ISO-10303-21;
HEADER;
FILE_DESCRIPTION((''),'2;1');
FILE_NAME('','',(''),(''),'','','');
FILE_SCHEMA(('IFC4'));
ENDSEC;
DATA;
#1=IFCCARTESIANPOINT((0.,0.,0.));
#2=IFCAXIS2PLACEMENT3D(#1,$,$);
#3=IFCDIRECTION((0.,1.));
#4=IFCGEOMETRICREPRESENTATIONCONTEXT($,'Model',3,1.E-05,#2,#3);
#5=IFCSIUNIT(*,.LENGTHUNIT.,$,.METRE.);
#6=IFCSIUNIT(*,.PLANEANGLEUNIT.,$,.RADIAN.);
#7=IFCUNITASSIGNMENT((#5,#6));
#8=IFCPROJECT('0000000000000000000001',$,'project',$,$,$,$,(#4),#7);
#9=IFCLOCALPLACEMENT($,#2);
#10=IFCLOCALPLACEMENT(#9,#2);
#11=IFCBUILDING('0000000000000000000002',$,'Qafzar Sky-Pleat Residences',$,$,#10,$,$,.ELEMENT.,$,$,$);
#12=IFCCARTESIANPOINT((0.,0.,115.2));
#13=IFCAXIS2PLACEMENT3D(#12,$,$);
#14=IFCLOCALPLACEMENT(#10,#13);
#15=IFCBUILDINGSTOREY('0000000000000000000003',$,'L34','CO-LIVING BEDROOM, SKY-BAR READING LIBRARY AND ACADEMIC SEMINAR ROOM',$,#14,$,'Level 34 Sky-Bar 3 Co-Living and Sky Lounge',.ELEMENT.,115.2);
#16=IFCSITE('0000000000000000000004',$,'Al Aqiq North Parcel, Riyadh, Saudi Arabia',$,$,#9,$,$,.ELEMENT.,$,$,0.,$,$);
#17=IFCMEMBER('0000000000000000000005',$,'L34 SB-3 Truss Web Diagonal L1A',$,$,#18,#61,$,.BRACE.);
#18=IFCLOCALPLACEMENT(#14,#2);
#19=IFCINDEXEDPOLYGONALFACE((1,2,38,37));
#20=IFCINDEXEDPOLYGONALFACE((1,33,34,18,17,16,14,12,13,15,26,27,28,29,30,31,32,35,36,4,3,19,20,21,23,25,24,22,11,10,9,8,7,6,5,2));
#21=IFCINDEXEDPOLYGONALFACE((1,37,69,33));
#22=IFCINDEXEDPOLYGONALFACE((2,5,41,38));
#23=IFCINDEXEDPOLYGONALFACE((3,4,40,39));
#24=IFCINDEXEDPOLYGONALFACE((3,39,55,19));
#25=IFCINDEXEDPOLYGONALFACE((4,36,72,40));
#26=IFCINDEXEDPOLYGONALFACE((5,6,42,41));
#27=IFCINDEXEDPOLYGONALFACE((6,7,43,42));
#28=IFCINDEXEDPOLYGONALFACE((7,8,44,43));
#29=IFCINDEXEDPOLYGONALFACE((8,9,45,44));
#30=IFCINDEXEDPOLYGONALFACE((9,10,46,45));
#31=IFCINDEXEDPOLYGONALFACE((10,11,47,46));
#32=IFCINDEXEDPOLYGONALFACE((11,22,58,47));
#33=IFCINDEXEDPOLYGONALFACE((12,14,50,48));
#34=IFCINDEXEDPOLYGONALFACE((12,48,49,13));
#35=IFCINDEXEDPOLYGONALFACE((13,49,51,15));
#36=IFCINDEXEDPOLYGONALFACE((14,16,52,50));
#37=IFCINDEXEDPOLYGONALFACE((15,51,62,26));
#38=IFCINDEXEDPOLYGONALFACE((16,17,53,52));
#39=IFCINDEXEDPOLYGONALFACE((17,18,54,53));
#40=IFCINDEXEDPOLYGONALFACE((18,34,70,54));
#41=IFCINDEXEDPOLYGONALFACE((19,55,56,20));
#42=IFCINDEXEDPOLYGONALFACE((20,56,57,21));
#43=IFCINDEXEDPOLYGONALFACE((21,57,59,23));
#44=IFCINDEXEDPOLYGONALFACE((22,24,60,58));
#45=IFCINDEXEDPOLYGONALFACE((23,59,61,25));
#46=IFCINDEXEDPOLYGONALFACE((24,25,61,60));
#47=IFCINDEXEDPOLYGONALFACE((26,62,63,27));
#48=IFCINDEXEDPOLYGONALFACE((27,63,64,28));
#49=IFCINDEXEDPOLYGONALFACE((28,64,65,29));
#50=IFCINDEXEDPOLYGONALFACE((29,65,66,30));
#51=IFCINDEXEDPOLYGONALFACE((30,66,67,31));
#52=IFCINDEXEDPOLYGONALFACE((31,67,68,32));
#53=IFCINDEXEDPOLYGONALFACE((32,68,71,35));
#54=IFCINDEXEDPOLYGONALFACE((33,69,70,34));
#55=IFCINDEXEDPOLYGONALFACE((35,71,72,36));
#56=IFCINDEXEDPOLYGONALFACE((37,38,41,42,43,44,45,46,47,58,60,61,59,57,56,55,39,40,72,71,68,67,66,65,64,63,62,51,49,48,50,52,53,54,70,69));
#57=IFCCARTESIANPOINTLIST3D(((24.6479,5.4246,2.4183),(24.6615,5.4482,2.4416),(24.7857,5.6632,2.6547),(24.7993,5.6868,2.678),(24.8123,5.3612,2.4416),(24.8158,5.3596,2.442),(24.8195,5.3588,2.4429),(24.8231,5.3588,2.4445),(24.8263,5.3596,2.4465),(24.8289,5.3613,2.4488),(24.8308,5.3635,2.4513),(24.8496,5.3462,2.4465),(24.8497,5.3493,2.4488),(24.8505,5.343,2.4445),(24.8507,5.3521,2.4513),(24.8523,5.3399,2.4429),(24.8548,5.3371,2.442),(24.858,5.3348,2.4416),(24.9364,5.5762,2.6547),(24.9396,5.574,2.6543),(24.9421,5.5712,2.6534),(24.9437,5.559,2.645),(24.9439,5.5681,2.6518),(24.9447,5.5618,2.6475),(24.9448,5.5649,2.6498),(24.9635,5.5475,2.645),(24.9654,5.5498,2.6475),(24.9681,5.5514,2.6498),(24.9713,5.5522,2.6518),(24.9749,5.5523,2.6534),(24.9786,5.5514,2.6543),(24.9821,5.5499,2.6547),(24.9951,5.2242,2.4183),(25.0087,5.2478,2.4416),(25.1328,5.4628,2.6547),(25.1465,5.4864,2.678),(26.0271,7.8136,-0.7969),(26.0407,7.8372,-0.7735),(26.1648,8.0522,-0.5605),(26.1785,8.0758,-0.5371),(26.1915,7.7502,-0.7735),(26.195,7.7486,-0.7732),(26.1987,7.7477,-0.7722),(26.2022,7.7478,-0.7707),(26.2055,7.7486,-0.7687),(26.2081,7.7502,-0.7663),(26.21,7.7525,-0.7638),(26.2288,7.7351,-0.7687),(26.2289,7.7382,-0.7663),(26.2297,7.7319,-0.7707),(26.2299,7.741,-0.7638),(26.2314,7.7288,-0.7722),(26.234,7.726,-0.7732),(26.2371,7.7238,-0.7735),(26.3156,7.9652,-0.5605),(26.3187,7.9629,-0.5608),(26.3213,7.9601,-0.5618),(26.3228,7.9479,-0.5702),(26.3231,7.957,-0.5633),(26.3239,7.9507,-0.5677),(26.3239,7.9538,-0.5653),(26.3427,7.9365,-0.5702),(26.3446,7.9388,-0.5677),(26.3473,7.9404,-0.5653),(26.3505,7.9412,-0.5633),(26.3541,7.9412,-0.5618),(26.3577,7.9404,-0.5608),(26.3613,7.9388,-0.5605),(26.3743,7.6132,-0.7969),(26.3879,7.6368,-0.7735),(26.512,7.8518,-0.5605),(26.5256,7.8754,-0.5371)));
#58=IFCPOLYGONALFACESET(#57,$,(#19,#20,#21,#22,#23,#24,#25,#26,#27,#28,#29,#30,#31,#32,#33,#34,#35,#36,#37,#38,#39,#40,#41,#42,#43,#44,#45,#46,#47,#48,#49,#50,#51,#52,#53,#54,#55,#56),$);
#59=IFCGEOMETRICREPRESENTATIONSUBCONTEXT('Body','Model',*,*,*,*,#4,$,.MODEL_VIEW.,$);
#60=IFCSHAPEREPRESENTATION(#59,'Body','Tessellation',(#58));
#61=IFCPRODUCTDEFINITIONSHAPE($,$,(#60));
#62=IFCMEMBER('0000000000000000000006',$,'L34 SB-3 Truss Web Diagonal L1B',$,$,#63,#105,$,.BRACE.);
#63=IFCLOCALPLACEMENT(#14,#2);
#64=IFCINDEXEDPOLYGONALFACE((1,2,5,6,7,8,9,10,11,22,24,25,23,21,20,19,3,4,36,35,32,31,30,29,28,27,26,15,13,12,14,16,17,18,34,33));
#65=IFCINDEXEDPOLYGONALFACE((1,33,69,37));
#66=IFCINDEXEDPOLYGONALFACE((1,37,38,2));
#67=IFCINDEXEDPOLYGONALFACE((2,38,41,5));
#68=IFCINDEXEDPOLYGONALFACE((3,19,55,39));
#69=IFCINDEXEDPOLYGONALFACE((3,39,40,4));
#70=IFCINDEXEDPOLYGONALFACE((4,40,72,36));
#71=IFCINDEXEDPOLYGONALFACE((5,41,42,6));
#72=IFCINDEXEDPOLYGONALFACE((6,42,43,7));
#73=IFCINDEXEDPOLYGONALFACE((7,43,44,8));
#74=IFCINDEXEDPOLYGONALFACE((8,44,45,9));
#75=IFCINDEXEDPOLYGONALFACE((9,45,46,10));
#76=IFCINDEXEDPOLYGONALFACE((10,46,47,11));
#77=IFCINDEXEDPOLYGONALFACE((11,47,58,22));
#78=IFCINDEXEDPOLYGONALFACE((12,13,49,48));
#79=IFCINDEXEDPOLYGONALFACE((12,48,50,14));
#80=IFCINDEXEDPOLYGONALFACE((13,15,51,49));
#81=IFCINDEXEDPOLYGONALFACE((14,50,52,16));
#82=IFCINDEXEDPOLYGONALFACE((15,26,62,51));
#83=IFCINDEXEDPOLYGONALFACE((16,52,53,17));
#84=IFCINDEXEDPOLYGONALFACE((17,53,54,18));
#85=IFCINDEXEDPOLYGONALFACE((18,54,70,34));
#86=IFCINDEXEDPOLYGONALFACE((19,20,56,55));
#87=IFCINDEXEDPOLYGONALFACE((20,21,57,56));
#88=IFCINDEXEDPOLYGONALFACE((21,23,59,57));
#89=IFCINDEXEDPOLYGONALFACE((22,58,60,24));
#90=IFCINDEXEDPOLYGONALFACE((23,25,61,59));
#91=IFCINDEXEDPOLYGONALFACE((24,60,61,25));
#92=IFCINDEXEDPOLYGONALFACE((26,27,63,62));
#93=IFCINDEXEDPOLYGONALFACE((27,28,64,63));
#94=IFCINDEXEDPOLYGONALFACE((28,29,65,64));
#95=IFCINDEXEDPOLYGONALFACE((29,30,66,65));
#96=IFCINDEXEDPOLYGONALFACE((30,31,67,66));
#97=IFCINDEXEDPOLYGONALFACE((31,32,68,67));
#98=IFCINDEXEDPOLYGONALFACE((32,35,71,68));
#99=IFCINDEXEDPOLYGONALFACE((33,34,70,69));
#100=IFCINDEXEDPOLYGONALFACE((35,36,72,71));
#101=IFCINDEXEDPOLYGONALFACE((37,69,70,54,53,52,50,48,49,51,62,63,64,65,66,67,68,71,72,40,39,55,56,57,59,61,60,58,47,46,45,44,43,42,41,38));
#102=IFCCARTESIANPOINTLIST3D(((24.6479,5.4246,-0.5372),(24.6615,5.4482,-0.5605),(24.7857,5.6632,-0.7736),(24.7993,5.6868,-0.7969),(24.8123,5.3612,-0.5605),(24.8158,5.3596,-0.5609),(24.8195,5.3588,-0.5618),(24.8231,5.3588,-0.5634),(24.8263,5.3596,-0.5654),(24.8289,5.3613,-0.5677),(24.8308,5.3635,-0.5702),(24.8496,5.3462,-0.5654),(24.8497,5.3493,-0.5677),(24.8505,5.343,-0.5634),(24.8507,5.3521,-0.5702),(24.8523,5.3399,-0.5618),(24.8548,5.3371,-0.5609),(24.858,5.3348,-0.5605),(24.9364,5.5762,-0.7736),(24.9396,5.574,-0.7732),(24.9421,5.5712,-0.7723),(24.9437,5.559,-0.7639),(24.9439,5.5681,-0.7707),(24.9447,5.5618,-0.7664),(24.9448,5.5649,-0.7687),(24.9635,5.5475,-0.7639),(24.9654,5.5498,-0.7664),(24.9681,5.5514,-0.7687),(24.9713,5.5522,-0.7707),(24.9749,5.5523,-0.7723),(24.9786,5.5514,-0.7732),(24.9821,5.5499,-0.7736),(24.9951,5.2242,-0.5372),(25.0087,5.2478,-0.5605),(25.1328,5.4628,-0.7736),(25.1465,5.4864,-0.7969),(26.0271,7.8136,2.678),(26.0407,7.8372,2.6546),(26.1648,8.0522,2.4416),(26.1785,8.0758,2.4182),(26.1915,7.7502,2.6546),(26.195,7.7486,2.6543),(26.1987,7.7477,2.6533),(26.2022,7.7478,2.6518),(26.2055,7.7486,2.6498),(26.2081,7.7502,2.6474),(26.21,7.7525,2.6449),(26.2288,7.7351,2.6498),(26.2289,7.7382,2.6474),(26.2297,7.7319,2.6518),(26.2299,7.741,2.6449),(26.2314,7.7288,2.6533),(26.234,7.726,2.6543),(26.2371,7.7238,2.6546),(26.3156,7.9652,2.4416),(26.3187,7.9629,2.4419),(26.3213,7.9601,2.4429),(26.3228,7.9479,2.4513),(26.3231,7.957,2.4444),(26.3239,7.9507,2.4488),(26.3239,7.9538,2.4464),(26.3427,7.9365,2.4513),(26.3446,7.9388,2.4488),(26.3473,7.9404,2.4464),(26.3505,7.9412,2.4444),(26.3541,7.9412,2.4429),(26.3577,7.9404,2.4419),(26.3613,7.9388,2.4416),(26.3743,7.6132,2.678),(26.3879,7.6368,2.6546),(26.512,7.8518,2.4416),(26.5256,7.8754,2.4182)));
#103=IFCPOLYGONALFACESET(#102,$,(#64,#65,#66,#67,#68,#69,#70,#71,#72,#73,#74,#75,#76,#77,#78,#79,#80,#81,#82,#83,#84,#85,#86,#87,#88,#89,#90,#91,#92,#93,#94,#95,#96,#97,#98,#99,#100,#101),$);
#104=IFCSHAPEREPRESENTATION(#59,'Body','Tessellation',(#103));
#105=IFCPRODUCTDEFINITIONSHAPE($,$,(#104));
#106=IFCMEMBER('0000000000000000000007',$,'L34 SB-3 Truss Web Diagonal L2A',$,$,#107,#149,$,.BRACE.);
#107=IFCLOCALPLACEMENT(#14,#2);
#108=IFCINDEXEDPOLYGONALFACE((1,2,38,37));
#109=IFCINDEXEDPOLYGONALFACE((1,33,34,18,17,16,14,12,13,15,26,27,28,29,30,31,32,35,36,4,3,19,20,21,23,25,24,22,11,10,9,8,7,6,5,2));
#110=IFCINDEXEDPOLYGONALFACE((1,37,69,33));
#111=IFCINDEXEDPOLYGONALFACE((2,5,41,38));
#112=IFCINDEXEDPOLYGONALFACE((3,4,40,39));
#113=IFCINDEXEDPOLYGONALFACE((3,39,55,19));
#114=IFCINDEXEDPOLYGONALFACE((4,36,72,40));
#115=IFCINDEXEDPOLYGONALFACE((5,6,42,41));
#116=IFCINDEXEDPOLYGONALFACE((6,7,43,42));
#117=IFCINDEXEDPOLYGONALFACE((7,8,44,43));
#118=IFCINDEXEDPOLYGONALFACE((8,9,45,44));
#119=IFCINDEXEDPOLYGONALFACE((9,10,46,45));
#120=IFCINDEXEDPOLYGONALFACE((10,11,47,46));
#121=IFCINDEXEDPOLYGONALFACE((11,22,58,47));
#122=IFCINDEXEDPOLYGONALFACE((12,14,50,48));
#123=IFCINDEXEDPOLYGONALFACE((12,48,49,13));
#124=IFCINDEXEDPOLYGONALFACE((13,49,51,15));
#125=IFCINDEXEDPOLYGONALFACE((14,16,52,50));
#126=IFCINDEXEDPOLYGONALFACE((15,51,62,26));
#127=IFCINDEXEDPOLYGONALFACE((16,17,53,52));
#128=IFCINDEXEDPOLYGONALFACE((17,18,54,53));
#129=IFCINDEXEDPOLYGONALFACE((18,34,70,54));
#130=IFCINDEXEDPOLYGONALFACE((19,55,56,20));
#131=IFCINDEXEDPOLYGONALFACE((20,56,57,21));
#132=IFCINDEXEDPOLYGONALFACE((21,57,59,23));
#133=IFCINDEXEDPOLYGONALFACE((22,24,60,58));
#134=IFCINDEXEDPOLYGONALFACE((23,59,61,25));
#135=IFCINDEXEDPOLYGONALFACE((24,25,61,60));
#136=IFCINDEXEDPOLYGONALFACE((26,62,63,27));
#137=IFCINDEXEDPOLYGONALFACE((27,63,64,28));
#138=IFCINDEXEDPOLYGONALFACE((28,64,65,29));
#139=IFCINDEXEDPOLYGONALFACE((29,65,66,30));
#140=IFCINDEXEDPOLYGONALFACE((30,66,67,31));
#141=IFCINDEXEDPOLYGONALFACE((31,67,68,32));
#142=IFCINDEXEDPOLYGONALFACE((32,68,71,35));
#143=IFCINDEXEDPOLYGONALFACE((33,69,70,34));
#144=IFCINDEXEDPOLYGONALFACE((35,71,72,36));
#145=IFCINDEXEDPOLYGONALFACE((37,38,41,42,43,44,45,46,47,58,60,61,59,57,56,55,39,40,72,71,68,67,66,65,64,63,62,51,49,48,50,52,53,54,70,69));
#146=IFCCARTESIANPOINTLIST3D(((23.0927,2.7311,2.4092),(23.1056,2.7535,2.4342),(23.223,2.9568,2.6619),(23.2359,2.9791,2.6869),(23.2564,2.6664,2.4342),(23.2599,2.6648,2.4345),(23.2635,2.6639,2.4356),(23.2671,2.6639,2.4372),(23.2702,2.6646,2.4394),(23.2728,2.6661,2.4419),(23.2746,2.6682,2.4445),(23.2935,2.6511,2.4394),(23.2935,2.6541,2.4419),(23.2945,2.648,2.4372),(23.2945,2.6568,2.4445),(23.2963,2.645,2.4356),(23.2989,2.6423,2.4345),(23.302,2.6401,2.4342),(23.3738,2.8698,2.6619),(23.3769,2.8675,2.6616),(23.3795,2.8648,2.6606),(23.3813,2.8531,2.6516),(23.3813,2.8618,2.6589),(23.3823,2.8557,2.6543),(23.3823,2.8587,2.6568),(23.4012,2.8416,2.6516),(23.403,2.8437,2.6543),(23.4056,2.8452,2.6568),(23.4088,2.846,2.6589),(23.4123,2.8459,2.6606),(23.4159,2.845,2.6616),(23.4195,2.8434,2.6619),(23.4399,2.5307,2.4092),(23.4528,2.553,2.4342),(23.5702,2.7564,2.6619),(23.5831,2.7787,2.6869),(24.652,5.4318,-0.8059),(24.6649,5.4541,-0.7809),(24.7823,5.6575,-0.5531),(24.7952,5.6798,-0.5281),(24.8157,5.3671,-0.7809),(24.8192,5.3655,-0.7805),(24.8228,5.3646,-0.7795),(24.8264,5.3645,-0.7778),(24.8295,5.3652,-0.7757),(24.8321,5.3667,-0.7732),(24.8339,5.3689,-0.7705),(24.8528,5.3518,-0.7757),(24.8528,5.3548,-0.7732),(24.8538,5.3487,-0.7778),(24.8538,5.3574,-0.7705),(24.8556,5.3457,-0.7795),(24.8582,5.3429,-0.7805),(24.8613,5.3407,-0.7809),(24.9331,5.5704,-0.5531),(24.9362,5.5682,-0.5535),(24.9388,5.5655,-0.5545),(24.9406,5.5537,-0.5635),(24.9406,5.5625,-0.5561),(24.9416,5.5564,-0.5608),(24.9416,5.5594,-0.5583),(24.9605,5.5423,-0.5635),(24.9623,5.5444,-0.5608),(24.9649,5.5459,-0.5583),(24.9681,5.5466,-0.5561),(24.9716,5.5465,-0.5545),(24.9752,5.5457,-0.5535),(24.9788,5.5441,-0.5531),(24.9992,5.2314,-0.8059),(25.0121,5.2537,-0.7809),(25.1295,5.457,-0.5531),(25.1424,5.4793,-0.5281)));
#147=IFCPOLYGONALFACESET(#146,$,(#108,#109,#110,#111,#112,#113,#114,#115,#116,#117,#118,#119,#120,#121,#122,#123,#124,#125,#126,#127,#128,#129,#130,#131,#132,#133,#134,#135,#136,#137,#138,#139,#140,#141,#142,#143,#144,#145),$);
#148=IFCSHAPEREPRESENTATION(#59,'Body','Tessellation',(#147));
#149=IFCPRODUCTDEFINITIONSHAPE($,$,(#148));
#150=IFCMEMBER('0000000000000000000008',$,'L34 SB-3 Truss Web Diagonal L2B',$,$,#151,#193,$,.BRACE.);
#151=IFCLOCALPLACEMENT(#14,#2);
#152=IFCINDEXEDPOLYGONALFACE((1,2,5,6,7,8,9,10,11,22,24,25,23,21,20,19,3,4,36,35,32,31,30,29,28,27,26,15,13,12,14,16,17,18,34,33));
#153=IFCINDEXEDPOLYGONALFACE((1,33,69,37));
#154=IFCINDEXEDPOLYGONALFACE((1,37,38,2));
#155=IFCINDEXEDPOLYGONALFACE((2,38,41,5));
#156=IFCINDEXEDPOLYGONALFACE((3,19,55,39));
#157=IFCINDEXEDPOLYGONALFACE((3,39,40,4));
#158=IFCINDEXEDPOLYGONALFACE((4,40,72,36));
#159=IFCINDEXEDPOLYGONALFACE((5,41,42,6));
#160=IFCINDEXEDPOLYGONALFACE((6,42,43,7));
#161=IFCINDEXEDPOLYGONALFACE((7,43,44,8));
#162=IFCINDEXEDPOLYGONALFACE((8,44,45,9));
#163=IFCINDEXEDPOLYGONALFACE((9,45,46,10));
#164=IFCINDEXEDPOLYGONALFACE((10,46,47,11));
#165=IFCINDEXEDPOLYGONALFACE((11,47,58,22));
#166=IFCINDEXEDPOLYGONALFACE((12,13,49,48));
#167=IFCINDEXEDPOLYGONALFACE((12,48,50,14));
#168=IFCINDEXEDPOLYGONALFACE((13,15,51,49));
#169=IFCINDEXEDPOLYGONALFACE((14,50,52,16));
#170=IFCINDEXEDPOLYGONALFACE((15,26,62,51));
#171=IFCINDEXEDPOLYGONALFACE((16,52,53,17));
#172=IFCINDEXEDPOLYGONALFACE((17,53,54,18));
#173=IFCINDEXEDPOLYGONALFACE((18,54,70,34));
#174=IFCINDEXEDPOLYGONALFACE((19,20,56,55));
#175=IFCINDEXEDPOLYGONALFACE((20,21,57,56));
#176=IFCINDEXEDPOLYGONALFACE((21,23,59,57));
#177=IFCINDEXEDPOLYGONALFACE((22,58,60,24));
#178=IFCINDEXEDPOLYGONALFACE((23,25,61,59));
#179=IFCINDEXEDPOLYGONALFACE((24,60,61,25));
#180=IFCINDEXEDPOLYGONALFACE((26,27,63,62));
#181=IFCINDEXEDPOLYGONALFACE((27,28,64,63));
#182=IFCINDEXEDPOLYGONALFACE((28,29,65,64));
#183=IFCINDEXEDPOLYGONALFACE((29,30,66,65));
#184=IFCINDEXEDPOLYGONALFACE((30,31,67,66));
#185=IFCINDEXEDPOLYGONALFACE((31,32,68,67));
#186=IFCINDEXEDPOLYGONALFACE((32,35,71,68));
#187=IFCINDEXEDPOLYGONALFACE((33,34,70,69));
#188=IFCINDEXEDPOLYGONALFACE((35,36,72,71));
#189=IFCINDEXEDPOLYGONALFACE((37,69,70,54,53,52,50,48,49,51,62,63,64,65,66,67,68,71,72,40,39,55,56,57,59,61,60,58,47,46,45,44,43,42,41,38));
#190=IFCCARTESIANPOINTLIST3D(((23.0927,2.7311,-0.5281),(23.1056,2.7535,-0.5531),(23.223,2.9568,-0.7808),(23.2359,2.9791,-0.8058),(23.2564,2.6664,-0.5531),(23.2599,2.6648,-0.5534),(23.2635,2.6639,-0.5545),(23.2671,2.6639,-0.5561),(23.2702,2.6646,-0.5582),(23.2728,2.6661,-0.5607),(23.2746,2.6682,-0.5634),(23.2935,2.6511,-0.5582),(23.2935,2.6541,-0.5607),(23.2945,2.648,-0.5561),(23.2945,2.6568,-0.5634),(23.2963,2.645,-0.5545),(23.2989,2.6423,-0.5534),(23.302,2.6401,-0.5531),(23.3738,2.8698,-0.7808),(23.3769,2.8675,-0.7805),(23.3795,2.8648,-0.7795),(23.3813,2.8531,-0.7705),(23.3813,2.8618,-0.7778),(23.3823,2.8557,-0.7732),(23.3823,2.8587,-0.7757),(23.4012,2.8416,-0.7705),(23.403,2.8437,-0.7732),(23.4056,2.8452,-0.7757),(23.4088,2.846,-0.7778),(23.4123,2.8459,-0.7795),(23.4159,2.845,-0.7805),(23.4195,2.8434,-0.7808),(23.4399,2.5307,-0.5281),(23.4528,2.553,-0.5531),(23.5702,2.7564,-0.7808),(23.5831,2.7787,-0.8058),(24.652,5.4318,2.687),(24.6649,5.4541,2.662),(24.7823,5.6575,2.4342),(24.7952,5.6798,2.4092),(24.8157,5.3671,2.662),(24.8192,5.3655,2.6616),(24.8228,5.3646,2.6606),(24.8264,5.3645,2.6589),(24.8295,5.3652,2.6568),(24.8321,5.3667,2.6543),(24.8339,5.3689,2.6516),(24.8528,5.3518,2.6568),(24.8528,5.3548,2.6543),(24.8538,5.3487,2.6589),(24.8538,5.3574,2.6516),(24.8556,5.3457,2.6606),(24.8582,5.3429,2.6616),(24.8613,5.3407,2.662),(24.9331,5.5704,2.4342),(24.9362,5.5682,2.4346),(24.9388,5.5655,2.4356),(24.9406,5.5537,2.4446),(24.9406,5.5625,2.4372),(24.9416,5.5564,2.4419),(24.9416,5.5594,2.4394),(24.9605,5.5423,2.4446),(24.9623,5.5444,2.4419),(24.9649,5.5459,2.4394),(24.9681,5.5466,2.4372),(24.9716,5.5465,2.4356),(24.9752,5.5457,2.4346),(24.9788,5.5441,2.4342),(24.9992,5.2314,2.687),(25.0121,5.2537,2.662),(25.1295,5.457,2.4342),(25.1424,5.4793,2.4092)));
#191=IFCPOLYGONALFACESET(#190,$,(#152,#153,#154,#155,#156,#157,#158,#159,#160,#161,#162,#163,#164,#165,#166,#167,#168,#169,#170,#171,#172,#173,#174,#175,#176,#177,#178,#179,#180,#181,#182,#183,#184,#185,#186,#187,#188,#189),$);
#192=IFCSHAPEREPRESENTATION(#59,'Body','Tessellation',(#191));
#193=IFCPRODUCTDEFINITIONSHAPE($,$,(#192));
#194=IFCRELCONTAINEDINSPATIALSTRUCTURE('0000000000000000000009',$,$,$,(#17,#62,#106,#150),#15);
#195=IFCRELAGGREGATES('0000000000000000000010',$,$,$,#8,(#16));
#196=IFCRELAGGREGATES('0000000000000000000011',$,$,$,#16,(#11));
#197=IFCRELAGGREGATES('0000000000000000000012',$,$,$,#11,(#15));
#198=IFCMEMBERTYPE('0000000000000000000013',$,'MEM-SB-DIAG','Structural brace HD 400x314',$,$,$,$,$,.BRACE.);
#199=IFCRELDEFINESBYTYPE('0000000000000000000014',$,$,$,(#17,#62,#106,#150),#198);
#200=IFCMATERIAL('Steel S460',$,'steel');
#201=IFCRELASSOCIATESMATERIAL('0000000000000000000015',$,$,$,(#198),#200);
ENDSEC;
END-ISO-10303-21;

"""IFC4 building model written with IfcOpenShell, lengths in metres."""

from ifc_helpers import new_model, si_unit, direction, frame, origin, origin_2d, place, context, subcontext, project, spatial, i_section, extrude, source, transform, mapped, material, material_profile, profile_set, type_object, element, save


model = new_model("IFC4")

# Units and contexts
model_context = context("Model", 3, precision=1e-05, world=origin(), true_north=direction((0.0, 1.0)))
body_context = subcontext(model_context, "Body", "Model", "MODEL_VIEW")
ifc_project = project(units=[si_unit("LENGTHUNIT", "METRE"), si_unit("PLANEANGLEUNIT", "RADIAN")], contexts=[model_context])

# Site, building, storey
site_placement = place(None, origin())
site = spatial("IfcSite", under=ifc_project, at=site_placement, Name="Al Aqiq North Parcel, Riyadh, Saudi Arabia", CompositionType="ELEMENT", RefElevation=0.0)
building_placement = place(site_placement, origin())
building = spatial("IfcBuilding", under=site, at=building_placement, Name="Qafzar Sky-Pleat Residences", CompositionType="ELEMENT")
storey_placement = place(building_placement, frame((0.0, 0.0, 115.2)))
storey = spatial("IfcBuildingStorey", under=building, at=storey_placement, Name="L34", Description="CO-LIVING BEDROOM, SKY-BAR READING LIBRARY AND ACADEMIC SEMINAR ROOM", LongName="Level 34 Sky-Bar 3 Co-Living and Sky Lounge", CompositionType="ELEMENT", Elevation=115.2)

# Shared definitions
ifc_material_1 = material(Name="Steel S460", Category="steel")

# Members
ifc_material_profile_1 = material_profile(ifc_material_1, i_section(OverallWidth=0.4009, OverallDepth=0.3989, WebThickness=0.0229, FlangeThickness=0.0359, FilletRadius=0.0149, at=origin_2d()), Name="HD 400x314")
ifc_profile_set_1 = profile_set([ifc_material_profile_1], Name="Steel S460")
member_type = type_object("IfcMemberType", Name="MEM-SB-DIAG", Description="Structural brace HD 400x314", PredefinedType="BRACE", material=ifc_profile_set_1)
shared_shape_1 = source(origin(), body_context, "Body", "SweptSolid", [
    extrude(i_section(OverallWidth=0.4009, OverallDepth=0.3989, WebThickness=0.0229, FlangeThickness=0.0359, FilletRadius=0.0149, at=origin_2d()), origin(), (0.0, 0.0, 1.0), 4.2363),
])
for number, where, z_axis, x_axis, name in (
    (1, (26.2764, 7.8445, -0.667), (-0.32556, -0.563923, 0.758948), (0.86604, -0.499975, 0.0), "L34 SB-3 Truss Web Diagonal L1A"),
    (2, (26.2764, 7.8445, 2.5481), (-0.32556, -0.563923, -0.758948), (0.86604, -0.499975, 0.0), "L34 SB-3 Truss Web Diagonal L1B"),
):
    element("IfcMember", number, at=place(storey_placement, frame(where, z_axis=z_axis, x_axis=x_axis)), inside=storey, type_object=member_type, Name=name, PredefinedType="BRACE", context=body_context, shape_type="MappedRepresentation", body=[
        mapped(shared_shape_1, transform((0.0, 0.0, 0.0), x_axis=(1.0, 0.0, 0.0), y_axis=(0.0, 1.0, 0.0), z_axis=(0.0, 0.0, 1.0), scale=1.0)),
    ])
shared_shape_2 = source(origin(), body_context, "Body", "SweptSolid", [
    extrude(i_section(OverallWidth=0.4009, OverallDepth=0.3989, WebThickness=0.0229, FlangeThickness=0.0359, FilletRadius=0.0149, at=origin_2d()), origin(), (0.0, 0.0, 1.0), 4.479),
])
for number, where, z_axis, x_axis, name in (
    (3, (24.8972, 5.4556, -0.667), (-0.348137, -0.602958, 0.717804), (0.866013, -0.500021, 0.0), "L34 SB-3 Truss Web Diagonal L2A"),
    (4, (24.8972, 5.4556, 2.5481), (-0.348137, -0.602958, -0.717804), (0.866013, -0.500021, 0.0), "L34 SB-3 Truss Web Diagonal L2B"),
):
    element("IfcMember", number, at=place(storey_placement, frame(where, z_axis=z_axis, x_axis=x_axis)), inside=storey, type_object=member_type, Name=name, PredefinedType="BRACE", context=body_context, shape_type="MappedRepresentation", body=[
        mapped(shared_shape_2, transform((0.0, 0.0, 0.0), x_axis=(1.0, 0.0, 0.0), y_axis=(0.0, 1.0, 0.0), z_axis=(0.0, 0.0, 1.0), scale=1.0)),
    ])

save(model, "model.ifc")
